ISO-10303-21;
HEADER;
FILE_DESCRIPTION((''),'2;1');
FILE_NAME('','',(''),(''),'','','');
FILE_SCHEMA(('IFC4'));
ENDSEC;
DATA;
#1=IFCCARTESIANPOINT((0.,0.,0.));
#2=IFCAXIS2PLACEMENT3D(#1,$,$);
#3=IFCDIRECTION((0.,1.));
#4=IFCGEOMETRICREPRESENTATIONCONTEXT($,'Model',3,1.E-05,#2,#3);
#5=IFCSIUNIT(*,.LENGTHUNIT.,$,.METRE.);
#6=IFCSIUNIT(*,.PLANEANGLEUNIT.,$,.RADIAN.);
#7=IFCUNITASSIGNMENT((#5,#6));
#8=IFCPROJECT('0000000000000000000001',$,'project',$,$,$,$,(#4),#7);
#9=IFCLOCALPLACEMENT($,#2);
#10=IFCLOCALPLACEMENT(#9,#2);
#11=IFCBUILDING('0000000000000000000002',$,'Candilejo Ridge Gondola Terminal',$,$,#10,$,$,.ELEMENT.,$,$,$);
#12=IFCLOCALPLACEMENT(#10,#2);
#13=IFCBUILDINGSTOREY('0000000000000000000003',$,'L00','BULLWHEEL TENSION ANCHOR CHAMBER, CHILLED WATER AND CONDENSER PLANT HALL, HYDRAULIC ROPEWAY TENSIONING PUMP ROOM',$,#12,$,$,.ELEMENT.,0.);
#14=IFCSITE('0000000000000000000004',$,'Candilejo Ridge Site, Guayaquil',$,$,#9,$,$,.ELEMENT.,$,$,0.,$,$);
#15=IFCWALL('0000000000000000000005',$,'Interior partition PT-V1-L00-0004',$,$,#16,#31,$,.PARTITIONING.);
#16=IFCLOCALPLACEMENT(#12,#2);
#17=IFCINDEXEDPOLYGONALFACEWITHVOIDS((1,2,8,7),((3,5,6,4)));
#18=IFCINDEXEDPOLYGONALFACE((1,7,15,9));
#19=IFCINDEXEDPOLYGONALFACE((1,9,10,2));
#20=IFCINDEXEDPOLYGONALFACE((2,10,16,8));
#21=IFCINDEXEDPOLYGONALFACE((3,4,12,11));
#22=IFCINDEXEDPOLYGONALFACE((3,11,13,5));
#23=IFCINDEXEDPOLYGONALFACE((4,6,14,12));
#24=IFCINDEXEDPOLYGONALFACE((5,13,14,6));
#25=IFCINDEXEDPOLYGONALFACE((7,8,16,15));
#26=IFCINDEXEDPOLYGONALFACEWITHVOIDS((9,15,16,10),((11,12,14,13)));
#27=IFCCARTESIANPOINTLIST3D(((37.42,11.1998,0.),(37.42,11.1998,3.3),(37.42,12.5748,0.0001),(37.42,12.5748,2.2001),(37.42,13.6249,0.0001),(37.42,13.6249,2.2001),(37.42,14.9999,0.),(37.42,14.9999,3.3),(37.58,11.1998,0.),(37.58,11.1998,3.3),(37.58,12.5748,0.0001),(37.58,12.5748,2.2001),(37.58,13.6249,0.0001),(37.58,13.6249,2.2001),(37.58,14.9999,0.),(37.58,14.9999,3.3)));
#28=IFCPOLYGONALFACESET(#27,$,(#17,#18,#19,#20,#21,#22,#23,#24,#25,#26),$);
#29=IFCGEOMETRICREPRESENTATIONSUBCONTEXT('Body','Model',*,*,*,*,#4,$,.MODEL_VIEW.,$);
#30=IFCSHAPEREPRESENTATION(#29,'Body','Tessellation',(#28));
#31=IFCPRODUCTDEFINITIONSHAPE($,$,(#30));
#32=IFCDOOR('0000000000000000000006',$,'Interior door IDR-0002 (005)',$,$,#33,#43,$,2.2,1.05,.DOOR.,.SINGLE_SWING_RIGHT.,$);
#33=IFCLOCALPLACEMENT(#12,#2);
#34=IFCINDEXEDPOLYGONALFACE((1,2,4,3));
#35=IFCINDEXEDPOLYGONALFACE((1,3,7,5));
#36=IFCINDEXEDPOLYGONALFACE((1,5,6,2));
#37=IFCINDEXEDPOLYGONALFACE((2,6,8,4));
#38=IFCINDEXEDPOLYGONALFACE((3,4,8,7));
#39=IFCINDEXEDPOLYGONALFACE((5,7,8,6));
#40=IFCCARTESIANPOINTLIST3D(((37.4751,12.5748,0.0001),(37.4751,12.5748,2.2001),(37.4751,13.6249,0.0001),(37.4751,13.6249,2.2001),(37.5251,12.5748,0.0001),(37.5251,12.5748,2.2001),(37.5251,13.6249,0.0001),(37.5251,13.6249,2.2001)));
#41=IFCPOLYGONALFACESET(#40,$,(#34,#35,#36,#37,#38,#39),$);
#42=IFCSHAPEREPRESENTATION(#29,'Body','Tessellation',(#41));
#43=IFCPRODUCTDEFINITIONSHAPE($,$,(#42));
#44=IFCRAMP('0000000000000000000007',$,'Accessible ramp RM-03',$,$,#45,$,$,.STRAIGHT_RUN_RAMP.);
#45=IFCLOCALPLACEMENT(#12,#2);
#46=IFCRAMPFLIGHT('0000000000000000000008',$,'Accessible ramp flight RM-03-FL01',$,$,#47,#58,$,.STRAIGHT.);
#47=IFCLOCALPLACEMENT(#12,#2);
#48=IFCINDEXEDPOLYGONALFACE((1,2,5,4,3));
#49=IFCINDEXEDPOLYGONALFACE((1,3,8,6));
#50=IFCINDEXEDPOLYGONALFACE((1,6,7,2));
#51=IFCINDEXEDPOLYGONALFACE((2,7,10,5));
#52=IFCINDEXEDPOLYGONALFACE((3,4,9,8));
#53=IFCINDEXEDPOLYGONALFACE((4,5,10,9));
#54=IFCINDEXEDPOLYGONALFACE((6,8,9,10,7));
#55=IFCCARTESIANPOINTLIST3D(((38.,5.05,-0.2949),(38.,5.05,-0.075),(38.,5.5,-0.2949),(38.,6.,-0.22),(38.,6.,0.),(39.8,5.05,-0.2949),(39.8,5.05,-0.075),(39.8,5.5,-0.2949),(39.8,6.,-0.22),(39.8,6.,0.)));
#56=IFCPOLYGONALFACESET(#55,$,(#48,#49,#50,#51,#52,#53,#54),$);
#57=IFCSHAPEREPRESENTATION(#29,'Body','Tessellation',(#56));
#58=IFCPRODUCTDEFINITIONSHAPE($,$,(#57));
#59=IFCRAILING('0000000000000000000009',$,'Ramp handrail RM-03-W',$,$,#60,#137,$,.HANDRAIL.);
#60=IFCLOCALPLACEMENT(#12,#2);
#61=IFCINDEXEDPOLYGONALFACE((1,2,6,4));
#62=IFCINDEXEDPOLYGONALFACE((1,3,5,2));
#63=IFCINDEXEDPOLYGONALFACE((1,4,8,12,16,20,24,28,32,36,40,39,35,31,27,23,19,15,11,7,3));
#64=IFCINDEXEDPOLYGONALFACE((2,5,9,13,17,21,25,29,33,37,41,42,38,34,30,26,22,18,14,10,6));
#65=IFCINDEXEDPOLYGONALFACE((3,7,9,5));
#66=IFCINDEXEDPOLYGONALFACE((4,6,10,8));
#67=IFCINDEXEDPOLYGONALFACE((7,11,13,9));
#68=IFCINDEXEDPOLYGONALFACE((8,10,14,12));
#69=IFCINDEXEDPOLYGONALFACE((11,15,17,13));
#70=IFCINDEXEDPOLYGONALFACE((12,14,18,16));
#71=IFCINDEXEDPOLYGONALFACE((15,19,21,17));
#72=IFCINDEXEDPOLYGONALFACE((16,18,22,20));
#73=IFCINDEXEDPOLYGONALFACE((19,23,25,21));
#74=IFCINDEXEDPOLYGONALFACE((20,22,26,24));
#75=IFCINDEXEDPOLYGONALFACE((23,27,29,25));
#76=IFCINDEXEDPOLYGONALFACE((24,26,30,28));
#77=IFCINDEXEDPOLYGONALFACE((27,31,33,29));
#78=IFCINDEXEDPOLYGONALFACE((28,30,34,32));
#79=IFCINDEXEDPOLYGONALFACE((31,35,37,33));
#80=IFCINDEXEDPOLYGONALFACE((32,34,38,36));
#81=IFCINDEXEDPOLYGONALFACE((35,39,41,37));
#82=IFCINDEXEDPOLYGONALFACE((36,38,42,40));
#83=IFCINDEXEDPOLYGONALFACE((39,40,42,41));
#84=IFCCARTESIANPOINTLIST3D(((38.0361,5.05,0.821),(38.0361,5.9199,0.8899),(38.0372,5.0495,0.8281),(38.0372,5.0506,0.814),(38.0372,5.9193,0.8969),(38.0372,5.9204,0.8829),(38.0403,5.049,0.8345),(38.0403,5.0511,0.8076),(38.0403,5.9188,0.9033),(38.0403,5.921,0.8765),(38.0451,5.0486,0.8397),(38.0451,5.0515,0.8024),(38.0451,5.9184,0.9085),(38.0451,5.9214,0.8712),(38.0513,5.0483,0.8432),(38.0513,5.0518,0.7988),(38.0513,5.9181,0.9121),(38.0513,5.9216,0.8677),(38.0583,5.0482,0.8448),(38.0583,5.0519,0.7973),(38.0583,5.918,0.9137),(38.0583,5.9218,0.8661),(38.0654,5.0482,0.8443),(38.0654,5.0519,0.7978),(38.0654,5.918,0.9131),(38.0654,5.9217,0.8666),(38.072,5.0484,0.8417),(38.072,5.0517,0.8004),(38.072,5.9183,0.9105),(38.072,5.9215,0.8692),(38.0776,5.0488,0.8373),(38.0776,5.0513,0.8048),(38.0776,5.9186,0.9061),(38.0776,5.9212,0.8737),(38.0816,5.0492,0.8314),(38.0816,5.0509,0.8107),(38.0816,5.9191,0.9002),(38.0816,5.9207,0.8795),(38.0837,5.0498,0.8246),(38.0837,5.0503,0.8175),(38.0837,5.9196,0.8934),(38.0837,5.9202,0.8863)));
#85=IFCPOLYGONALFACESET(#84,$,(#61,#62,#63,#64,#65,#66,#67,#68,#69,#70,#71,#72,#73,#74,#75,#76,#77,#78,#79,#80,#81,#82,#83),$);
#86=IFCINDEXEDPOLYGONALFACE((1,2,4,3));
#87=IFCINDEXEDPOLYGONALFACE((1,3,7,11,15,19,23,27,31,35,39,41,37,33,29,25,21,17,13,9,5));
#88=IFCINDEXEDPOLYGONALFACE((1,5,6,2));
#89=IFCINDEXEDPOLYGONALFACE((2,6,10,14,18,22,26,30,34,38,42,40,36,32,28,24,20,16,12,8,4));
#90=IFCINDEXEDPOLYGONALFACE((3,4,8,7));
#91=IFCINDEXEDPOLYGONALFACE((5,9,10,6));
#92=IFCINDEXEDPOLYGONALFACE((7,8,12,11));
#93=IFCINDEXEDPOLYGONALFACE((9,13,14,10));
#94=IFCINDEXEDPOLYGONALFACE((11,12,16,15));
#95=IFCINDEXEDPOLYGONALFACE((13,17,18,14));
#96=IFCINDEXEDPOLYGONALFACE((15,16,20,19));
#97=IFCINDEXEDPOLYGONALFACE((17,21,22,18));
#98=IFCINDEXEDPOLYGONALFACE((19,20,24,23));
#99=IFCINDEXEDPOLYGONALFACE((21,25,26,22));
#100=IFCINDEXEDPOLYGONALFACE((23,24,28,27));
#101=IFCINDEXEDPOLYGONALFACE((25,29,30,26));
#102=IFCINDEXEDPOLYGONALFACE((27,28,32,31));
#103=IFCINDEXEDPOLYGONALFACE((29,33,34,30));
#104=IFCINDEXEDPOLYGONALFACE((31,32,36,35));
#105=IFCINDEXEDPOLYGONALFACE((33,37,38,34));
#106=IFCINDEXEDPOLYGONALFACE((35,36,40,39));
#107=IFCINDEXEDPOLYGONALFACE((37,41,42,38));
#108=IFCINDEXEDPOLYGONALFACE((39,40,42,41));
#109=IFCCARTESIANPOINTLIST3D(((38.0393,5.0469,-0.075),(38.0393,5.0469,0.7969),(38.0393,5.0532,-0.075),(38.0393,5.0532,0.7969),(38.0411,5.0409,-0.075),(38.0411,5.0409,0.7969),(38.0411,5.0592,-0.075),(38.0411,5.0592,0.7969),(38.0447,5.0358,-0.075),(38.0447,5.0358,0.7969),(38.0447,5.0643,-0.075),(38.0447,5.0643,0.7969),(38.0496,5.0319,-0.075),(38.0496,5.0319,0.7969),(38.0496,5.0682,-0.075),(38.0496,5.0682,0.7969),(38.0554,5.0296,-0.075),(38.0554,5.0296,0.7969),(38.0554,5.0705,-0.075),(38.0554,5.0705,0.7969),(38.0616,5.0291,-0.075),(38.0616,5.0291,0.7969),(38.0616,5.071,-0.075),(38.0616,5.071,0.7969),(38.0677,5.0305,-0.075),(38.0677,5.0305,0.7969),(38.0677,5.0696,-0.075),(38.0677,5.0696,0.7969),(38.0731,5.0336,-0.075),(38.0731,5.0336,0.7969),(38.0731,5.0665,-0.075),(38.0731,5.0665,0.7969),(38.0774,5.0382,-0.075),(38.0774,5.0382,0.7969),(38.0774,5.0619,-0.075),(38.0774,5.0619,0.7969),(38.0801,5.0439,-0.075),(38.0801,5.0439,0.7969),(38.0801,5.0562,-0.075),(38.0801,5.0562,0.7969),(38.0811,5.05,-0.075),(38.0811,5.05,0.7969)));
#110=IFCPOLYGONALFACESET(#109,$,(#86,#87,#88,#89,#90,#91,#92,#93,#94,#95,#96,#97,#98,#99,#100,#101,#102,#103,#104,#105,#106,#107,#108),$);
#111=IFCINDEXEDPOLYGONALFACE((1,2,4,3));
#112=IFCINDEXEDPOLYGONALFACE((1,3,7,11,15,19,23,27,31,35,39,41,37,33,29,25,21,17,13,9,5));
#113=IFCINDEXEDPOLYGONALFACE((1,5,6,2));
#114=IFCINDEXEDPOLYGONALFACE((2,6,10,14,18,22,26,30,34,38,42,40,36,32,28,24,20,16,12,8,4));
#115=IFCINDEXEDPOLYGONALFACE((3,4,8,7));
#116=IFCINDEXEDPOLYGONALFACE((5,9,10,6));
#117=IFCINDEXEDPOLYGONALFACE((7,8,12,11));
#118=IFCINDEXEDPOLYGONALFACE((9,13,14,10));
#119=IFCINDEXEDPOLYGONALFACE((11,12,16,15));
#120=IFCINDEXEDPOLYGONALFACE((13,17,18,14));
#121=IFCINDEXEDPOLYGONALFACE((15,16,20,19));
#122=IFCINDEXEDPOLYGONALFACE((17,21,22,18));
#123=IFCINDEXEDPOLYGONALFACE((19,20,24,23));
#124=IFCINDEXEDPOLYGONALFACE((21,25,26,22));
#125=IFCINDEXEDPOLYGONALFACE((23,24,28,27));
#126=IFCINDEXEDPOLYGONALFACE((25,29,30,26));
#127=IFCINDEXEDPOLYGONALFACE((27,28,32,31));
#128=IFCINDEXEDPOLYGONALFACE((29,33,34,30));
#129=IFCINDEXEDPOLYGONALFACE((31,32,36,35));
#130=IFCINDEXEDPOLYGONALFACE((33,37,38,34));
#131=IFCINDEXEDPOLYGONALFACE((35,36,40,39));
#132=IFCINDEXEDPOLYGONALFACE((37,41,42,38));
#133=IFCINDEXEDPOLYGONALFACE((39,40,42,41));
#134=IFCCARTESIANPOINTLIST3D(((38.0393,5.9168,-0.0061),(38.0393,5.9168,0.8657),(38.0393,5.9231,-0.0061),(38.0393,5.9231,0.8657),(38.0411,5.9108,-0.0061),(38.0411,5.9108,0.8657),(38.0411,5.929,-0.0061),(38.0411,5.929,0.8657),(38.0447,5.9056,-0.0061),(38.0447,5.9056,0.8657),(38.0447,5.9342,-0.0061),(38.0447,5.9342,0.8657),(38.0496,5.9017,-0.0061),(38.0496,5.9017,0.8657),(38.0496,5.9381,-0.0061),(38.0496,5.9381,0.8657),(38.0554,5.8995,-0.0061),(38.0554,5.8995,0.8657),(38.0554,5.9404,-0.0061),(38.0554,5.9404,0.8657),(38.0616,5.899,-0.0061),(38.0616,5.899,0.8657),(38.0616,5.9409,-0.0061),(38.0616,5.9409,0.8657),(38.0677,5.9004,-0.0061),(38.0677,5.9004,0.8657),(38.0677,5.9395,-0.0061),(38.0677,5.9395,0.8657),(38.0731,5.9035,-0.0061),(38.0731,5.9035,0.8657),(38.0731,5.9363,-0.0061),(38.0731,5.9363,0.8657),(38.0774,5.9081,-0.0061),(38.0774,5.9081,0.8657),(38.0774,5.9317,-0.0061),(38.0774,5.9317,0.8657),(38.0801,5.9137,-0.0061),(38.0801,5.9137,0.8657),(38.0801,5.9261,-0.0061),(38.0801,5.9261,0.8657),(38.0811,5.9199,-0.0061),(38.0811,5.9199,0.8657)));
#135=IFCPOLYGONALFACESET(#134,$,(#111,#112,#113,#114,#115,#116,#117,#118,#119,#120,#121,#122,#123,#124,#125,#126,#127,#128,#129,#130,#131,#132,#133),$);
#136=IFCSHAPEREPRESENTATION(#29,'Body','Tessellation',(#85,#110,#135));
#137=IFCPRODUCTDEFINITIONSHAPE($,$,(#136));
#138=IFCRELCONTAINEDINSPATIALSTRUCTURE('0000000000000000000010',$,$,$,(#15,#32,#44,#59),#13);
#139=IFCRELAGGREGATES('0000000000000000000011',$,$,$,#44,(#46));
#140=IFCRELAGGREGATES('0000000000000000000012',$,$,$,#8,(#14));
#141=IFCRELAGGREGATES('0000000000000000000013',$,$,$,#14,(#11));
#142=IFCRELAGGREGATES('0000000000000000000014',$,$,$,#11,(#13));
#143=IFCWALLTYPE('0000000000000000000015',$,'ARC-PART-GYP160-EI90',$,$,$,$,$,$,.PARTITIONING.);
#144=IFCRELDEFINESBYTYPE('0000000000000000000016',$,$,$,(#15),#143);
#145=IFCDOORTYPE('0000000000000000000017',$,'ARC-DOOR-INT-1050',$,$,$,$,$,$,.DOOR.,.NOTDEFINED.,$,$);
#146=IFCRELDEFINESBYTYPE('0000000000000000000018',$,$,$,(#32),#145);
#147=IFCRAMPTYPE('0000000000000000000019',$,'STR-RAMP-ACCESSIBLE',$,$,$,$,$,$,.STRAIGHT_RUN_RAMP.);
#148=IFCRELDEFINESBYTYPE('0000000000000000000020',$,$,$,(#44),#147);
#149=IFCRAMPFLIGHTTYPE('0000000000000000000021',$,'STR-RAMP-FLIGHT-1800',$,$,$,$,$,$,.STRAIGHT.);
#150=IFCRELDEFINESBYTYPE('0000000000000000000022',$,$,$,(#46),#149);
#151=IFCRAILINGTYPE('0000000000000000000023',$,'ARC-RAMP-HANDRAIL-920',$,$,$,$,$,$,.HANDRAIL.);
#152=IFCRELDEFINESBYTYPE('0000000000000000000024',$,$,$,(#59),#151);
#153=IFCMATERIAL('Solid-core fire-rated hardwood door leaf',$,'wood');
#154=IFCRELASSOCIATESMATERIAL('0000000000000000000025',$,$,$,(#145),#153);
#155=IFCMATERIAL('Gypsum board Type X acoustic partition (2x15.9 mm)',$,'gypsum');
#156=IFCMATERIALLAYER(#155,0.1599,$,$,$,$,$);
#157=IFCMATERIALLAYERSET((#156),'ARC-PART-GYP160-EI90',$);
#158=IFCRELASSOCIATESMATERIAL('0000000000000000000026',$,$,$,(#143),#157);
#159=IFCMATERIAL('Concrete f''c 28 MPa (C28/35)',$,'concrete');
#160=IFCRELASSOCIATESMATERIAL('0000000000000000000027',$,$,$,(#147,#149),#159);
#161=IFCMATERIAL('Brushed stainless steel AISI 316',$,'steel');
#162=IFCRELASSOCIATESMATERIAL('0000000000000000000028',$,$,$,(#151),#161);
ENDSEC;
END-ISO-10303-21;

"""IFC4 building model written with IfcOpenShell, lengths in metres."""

from ifc_helpers import new_model, si_unit, direction, frame, frame_2d, origin, origin_2d, place, context, subcontext, project, spatial, polyline, rectangle, circle, outline, extrude, material, layer, layer_set, type_object, element, fill, aggregate, save


model = new_model("IFC4")

# Units and contexts
model_context = context("Model", 3, precision=1e-05, world=origin(), true_north=direction((0.0, 1.0)))
body_context = subcontext(model_context, "Body", "Model", "MODEL_VIEW")
ifc_project = project(units=[si_unit("LENGTHUNIT", "METRE"), si_unit("PLANEANGLEUNIT", "RADIAN")], contexts=[model_context])

# Site, building, storey
site_placement = place(None, origin())
site = spatial("IfcSite", under=ifc_project, at=site_placement, Name="Candilejo Ridge Site, Guayaquil", CompositionType="ELEMENT", RefElevation=0.0)
building_placement = place(site_placement, origin())
building = spatial("IfcBuilding", under=site, at=building_placement, Name="Candilejo Ridge Gondola Terminal", CompositionType="ELEMENT")
storey_placement = place(building_placement, origin())
storey = spatial("IfcBuildingStorey", under=building, at=storey_placement, Name="L00", Description="BULLWHEEL TENSION ANCHOR CHAMBER, CHILLED WATER AND CONDENSER PLANT HALL, HYDRAULIC ROPEWAY TENSIONING PUMP ROOM", CompositionType="ELEMENT", Elevation=0.0)

# Shared definitions
ifc_material_1 = material(Name="Solid-core fire-rated hardwood door leaf", Category="wood")
door_type = type_object("IfcDoorType", Name="ARC-DOOR-INT-1050", OperationType="NOTDEFINED", PredefinedType="DOOR", material=ifc_material_1)

# Shared definitions
ifc_material_2 = material(Name="Gypsum board Type X acoustic partition (2x15.9 mm)", Category="gypsum")
ifc_layer_1 = layer(ifc_material_2, 0.1599)
ifc_layer_set_1 = layer_set([ifc_layer_1], Name="ARC-PART-GYP160-EI90")
wall_type_1 = type_object("IfcWallType", Name="ARC-PART-GYP160-EI90", PredefinedType="PARTITIONING", material=ifc_layer_set_1)

# Wall, opening, door
wall_1_placement = place(storey_placement, frame((37.5, 11.2, 0.0), z_axis=(0.0, 0.0, 1.0), x_axis=(0.0, 1.0, 0.0)))
wall_1 = element("IfcWall", 1, at=wall_1_placement, inside=storey, type_object=wall_type_1, Name="Interior partition PT-V1-L00-0004", PredefinedType="PARTITIONING", context=body_context, shape_type="SweptSolid", body=[
    extrude(rectangle(XDim=3.8, YDim=0.1599, at=frame_2d((1.8999, 0.0))), origin(), (0.0, 0.0, 1.0), 3.3),
])
opening_1_placement = place(wall_1_placement, frame((1.375, 0.0, 0.0)))
opening_1 = element("IfcOpeningElement", 2, at=opening_1_placement, cuts=wall_1, PredefinedType="OPENING", context=body_context, shape_type="SweptSolid", body=[
    extrude(rectangle(XDim=1.05, YDim=2.2, at=frame_2d((0.5249, 1.1001))), frame((0.0, 0.0898, 0.0), z_axis=(0.0, -1.0, 0.0), x_axis=(1.0, 0.0, 0.0)), (0.0, 0.0, 1.0), 0.1799),
])
door_1_placement = place(opening_1_placement, origin())
door_1 = element("IfcDoor", 3, at=door_1_placement, inside=storey, type_object=door_type, Name="Interior door IDR-0002 (005)", OperationType="SINGLE_SWING_RIGHT", OverallHeight=2.2, OverallWidth=1.05, PredefinedType="DOOR", context=body_context, shape_type="SweptSolid", body=[
    extrude(rectangle(XDim=1.05, YDim=2.2, at=frame_2d((0.5249, 1.1001))), frame((0.0, 0.0249, 0.0), z_axis=(0.0, -1.0, 0.0), x_axis=(1.0, 0.0, 0.0)), (0.0, 0.0, 1.0), 0.05),
])
fill(opening_1, door_1)

# Ramp, ramp flight
ifc_material_3 = material(Name="Concrete f'c 28 MPa (C28/35)", Category="concrete")
ramp_type = type_object("IfcRampType", Name="STR-RAMP-ACCESSIBLE", PredefinedType="STRAIGHT_RUN_RAMP", material=ifc_material_3)
ramp_placement = place(storey_placement, origin())
ramp = element("IfcRamp", 4, at=ramp_placement, inside=storey, type_object=ramp_type, Name="Accessible ramp RM-03", PredefinedType="STRAIGHT_RUN_RAMP")
ramp_flight_type = type_object("IfcRampFlightType", Name="STR-RAMP-FLIGHT-1800", PredefinedType="STRAIGHT", material=ifc_material_3)
ramp_flight_placement = place(storey_placement, frame((38.8999, 5.05, -0.075), z_axis=(0.0, 0.0, 1.0), x_axis=(0.0, 1.0, 0.0)))
ramp_flight = element("IfcRampFlight", 5, at=ramp_flight_placement, type_object=ramp_flight_type, Name="Accessible ramp flight RM-03-FL01", PredefinedType="STRAIGHT", context=body_context, shape_type="SweptSolid", body=[
    extrude(outline(polyline([(0.0, -0.22), (0.45, -0.22), (0.95, -0.145), (0.95, 0.075), (0.0, 0.0), (0.0, -0.22)])), frame((0.0, 0.8999, 0.0), z_axis=(0.0, -1.0, 0.0), x_axis=(1.0, 0.0, 0.0)), (0.0, 0.0, 1.0), 1.8),
])
aggregate(ramp, [ramp_flight])

# Railing
ifc_material_4 = material(Name="Brushed stainless steel AISI 316", Category="steel")
railing_type = type_object("IfcRailingType", Name="ARC-RAMP-HANDRAIL-920", PredefinedType="HANDRAIL", material=ifc_material_4)
for number, where, name in (
    (6, (38.0601, 5.05, -0.075), "Ramp handrail RM-03-W"),
):
    element("IfcRailing", number, at=place(storey_placement, frame(where)), inside=storey, type_object=railing_type, Name=name, PredefinedType="HANDRAIL", context=body_context, shape_type="SweptSolid", body=[
        extrude(circle(Radius=0.0239, at=origin_2d()), frame((0.0, 0.0, 0.896), z_axis=(0.0, 0.996883, 0.0789), x_axis=(-1.0, 0.0, 0.0)), (0.0, 0.0, 1.0), 0.8726),
        extrude(circle(Radius=0.021, at=origin_2d()), origin(), (0.0, 0.0, 1.0), 0.8718),
        extrude(circle(Radius=0.021, at=origin_2d()), frame((0.0, 0.8699, 0.0688)), (0.0, 0.0, 1.0), 0.8718),
    ])

save(model, "model.ifc")
